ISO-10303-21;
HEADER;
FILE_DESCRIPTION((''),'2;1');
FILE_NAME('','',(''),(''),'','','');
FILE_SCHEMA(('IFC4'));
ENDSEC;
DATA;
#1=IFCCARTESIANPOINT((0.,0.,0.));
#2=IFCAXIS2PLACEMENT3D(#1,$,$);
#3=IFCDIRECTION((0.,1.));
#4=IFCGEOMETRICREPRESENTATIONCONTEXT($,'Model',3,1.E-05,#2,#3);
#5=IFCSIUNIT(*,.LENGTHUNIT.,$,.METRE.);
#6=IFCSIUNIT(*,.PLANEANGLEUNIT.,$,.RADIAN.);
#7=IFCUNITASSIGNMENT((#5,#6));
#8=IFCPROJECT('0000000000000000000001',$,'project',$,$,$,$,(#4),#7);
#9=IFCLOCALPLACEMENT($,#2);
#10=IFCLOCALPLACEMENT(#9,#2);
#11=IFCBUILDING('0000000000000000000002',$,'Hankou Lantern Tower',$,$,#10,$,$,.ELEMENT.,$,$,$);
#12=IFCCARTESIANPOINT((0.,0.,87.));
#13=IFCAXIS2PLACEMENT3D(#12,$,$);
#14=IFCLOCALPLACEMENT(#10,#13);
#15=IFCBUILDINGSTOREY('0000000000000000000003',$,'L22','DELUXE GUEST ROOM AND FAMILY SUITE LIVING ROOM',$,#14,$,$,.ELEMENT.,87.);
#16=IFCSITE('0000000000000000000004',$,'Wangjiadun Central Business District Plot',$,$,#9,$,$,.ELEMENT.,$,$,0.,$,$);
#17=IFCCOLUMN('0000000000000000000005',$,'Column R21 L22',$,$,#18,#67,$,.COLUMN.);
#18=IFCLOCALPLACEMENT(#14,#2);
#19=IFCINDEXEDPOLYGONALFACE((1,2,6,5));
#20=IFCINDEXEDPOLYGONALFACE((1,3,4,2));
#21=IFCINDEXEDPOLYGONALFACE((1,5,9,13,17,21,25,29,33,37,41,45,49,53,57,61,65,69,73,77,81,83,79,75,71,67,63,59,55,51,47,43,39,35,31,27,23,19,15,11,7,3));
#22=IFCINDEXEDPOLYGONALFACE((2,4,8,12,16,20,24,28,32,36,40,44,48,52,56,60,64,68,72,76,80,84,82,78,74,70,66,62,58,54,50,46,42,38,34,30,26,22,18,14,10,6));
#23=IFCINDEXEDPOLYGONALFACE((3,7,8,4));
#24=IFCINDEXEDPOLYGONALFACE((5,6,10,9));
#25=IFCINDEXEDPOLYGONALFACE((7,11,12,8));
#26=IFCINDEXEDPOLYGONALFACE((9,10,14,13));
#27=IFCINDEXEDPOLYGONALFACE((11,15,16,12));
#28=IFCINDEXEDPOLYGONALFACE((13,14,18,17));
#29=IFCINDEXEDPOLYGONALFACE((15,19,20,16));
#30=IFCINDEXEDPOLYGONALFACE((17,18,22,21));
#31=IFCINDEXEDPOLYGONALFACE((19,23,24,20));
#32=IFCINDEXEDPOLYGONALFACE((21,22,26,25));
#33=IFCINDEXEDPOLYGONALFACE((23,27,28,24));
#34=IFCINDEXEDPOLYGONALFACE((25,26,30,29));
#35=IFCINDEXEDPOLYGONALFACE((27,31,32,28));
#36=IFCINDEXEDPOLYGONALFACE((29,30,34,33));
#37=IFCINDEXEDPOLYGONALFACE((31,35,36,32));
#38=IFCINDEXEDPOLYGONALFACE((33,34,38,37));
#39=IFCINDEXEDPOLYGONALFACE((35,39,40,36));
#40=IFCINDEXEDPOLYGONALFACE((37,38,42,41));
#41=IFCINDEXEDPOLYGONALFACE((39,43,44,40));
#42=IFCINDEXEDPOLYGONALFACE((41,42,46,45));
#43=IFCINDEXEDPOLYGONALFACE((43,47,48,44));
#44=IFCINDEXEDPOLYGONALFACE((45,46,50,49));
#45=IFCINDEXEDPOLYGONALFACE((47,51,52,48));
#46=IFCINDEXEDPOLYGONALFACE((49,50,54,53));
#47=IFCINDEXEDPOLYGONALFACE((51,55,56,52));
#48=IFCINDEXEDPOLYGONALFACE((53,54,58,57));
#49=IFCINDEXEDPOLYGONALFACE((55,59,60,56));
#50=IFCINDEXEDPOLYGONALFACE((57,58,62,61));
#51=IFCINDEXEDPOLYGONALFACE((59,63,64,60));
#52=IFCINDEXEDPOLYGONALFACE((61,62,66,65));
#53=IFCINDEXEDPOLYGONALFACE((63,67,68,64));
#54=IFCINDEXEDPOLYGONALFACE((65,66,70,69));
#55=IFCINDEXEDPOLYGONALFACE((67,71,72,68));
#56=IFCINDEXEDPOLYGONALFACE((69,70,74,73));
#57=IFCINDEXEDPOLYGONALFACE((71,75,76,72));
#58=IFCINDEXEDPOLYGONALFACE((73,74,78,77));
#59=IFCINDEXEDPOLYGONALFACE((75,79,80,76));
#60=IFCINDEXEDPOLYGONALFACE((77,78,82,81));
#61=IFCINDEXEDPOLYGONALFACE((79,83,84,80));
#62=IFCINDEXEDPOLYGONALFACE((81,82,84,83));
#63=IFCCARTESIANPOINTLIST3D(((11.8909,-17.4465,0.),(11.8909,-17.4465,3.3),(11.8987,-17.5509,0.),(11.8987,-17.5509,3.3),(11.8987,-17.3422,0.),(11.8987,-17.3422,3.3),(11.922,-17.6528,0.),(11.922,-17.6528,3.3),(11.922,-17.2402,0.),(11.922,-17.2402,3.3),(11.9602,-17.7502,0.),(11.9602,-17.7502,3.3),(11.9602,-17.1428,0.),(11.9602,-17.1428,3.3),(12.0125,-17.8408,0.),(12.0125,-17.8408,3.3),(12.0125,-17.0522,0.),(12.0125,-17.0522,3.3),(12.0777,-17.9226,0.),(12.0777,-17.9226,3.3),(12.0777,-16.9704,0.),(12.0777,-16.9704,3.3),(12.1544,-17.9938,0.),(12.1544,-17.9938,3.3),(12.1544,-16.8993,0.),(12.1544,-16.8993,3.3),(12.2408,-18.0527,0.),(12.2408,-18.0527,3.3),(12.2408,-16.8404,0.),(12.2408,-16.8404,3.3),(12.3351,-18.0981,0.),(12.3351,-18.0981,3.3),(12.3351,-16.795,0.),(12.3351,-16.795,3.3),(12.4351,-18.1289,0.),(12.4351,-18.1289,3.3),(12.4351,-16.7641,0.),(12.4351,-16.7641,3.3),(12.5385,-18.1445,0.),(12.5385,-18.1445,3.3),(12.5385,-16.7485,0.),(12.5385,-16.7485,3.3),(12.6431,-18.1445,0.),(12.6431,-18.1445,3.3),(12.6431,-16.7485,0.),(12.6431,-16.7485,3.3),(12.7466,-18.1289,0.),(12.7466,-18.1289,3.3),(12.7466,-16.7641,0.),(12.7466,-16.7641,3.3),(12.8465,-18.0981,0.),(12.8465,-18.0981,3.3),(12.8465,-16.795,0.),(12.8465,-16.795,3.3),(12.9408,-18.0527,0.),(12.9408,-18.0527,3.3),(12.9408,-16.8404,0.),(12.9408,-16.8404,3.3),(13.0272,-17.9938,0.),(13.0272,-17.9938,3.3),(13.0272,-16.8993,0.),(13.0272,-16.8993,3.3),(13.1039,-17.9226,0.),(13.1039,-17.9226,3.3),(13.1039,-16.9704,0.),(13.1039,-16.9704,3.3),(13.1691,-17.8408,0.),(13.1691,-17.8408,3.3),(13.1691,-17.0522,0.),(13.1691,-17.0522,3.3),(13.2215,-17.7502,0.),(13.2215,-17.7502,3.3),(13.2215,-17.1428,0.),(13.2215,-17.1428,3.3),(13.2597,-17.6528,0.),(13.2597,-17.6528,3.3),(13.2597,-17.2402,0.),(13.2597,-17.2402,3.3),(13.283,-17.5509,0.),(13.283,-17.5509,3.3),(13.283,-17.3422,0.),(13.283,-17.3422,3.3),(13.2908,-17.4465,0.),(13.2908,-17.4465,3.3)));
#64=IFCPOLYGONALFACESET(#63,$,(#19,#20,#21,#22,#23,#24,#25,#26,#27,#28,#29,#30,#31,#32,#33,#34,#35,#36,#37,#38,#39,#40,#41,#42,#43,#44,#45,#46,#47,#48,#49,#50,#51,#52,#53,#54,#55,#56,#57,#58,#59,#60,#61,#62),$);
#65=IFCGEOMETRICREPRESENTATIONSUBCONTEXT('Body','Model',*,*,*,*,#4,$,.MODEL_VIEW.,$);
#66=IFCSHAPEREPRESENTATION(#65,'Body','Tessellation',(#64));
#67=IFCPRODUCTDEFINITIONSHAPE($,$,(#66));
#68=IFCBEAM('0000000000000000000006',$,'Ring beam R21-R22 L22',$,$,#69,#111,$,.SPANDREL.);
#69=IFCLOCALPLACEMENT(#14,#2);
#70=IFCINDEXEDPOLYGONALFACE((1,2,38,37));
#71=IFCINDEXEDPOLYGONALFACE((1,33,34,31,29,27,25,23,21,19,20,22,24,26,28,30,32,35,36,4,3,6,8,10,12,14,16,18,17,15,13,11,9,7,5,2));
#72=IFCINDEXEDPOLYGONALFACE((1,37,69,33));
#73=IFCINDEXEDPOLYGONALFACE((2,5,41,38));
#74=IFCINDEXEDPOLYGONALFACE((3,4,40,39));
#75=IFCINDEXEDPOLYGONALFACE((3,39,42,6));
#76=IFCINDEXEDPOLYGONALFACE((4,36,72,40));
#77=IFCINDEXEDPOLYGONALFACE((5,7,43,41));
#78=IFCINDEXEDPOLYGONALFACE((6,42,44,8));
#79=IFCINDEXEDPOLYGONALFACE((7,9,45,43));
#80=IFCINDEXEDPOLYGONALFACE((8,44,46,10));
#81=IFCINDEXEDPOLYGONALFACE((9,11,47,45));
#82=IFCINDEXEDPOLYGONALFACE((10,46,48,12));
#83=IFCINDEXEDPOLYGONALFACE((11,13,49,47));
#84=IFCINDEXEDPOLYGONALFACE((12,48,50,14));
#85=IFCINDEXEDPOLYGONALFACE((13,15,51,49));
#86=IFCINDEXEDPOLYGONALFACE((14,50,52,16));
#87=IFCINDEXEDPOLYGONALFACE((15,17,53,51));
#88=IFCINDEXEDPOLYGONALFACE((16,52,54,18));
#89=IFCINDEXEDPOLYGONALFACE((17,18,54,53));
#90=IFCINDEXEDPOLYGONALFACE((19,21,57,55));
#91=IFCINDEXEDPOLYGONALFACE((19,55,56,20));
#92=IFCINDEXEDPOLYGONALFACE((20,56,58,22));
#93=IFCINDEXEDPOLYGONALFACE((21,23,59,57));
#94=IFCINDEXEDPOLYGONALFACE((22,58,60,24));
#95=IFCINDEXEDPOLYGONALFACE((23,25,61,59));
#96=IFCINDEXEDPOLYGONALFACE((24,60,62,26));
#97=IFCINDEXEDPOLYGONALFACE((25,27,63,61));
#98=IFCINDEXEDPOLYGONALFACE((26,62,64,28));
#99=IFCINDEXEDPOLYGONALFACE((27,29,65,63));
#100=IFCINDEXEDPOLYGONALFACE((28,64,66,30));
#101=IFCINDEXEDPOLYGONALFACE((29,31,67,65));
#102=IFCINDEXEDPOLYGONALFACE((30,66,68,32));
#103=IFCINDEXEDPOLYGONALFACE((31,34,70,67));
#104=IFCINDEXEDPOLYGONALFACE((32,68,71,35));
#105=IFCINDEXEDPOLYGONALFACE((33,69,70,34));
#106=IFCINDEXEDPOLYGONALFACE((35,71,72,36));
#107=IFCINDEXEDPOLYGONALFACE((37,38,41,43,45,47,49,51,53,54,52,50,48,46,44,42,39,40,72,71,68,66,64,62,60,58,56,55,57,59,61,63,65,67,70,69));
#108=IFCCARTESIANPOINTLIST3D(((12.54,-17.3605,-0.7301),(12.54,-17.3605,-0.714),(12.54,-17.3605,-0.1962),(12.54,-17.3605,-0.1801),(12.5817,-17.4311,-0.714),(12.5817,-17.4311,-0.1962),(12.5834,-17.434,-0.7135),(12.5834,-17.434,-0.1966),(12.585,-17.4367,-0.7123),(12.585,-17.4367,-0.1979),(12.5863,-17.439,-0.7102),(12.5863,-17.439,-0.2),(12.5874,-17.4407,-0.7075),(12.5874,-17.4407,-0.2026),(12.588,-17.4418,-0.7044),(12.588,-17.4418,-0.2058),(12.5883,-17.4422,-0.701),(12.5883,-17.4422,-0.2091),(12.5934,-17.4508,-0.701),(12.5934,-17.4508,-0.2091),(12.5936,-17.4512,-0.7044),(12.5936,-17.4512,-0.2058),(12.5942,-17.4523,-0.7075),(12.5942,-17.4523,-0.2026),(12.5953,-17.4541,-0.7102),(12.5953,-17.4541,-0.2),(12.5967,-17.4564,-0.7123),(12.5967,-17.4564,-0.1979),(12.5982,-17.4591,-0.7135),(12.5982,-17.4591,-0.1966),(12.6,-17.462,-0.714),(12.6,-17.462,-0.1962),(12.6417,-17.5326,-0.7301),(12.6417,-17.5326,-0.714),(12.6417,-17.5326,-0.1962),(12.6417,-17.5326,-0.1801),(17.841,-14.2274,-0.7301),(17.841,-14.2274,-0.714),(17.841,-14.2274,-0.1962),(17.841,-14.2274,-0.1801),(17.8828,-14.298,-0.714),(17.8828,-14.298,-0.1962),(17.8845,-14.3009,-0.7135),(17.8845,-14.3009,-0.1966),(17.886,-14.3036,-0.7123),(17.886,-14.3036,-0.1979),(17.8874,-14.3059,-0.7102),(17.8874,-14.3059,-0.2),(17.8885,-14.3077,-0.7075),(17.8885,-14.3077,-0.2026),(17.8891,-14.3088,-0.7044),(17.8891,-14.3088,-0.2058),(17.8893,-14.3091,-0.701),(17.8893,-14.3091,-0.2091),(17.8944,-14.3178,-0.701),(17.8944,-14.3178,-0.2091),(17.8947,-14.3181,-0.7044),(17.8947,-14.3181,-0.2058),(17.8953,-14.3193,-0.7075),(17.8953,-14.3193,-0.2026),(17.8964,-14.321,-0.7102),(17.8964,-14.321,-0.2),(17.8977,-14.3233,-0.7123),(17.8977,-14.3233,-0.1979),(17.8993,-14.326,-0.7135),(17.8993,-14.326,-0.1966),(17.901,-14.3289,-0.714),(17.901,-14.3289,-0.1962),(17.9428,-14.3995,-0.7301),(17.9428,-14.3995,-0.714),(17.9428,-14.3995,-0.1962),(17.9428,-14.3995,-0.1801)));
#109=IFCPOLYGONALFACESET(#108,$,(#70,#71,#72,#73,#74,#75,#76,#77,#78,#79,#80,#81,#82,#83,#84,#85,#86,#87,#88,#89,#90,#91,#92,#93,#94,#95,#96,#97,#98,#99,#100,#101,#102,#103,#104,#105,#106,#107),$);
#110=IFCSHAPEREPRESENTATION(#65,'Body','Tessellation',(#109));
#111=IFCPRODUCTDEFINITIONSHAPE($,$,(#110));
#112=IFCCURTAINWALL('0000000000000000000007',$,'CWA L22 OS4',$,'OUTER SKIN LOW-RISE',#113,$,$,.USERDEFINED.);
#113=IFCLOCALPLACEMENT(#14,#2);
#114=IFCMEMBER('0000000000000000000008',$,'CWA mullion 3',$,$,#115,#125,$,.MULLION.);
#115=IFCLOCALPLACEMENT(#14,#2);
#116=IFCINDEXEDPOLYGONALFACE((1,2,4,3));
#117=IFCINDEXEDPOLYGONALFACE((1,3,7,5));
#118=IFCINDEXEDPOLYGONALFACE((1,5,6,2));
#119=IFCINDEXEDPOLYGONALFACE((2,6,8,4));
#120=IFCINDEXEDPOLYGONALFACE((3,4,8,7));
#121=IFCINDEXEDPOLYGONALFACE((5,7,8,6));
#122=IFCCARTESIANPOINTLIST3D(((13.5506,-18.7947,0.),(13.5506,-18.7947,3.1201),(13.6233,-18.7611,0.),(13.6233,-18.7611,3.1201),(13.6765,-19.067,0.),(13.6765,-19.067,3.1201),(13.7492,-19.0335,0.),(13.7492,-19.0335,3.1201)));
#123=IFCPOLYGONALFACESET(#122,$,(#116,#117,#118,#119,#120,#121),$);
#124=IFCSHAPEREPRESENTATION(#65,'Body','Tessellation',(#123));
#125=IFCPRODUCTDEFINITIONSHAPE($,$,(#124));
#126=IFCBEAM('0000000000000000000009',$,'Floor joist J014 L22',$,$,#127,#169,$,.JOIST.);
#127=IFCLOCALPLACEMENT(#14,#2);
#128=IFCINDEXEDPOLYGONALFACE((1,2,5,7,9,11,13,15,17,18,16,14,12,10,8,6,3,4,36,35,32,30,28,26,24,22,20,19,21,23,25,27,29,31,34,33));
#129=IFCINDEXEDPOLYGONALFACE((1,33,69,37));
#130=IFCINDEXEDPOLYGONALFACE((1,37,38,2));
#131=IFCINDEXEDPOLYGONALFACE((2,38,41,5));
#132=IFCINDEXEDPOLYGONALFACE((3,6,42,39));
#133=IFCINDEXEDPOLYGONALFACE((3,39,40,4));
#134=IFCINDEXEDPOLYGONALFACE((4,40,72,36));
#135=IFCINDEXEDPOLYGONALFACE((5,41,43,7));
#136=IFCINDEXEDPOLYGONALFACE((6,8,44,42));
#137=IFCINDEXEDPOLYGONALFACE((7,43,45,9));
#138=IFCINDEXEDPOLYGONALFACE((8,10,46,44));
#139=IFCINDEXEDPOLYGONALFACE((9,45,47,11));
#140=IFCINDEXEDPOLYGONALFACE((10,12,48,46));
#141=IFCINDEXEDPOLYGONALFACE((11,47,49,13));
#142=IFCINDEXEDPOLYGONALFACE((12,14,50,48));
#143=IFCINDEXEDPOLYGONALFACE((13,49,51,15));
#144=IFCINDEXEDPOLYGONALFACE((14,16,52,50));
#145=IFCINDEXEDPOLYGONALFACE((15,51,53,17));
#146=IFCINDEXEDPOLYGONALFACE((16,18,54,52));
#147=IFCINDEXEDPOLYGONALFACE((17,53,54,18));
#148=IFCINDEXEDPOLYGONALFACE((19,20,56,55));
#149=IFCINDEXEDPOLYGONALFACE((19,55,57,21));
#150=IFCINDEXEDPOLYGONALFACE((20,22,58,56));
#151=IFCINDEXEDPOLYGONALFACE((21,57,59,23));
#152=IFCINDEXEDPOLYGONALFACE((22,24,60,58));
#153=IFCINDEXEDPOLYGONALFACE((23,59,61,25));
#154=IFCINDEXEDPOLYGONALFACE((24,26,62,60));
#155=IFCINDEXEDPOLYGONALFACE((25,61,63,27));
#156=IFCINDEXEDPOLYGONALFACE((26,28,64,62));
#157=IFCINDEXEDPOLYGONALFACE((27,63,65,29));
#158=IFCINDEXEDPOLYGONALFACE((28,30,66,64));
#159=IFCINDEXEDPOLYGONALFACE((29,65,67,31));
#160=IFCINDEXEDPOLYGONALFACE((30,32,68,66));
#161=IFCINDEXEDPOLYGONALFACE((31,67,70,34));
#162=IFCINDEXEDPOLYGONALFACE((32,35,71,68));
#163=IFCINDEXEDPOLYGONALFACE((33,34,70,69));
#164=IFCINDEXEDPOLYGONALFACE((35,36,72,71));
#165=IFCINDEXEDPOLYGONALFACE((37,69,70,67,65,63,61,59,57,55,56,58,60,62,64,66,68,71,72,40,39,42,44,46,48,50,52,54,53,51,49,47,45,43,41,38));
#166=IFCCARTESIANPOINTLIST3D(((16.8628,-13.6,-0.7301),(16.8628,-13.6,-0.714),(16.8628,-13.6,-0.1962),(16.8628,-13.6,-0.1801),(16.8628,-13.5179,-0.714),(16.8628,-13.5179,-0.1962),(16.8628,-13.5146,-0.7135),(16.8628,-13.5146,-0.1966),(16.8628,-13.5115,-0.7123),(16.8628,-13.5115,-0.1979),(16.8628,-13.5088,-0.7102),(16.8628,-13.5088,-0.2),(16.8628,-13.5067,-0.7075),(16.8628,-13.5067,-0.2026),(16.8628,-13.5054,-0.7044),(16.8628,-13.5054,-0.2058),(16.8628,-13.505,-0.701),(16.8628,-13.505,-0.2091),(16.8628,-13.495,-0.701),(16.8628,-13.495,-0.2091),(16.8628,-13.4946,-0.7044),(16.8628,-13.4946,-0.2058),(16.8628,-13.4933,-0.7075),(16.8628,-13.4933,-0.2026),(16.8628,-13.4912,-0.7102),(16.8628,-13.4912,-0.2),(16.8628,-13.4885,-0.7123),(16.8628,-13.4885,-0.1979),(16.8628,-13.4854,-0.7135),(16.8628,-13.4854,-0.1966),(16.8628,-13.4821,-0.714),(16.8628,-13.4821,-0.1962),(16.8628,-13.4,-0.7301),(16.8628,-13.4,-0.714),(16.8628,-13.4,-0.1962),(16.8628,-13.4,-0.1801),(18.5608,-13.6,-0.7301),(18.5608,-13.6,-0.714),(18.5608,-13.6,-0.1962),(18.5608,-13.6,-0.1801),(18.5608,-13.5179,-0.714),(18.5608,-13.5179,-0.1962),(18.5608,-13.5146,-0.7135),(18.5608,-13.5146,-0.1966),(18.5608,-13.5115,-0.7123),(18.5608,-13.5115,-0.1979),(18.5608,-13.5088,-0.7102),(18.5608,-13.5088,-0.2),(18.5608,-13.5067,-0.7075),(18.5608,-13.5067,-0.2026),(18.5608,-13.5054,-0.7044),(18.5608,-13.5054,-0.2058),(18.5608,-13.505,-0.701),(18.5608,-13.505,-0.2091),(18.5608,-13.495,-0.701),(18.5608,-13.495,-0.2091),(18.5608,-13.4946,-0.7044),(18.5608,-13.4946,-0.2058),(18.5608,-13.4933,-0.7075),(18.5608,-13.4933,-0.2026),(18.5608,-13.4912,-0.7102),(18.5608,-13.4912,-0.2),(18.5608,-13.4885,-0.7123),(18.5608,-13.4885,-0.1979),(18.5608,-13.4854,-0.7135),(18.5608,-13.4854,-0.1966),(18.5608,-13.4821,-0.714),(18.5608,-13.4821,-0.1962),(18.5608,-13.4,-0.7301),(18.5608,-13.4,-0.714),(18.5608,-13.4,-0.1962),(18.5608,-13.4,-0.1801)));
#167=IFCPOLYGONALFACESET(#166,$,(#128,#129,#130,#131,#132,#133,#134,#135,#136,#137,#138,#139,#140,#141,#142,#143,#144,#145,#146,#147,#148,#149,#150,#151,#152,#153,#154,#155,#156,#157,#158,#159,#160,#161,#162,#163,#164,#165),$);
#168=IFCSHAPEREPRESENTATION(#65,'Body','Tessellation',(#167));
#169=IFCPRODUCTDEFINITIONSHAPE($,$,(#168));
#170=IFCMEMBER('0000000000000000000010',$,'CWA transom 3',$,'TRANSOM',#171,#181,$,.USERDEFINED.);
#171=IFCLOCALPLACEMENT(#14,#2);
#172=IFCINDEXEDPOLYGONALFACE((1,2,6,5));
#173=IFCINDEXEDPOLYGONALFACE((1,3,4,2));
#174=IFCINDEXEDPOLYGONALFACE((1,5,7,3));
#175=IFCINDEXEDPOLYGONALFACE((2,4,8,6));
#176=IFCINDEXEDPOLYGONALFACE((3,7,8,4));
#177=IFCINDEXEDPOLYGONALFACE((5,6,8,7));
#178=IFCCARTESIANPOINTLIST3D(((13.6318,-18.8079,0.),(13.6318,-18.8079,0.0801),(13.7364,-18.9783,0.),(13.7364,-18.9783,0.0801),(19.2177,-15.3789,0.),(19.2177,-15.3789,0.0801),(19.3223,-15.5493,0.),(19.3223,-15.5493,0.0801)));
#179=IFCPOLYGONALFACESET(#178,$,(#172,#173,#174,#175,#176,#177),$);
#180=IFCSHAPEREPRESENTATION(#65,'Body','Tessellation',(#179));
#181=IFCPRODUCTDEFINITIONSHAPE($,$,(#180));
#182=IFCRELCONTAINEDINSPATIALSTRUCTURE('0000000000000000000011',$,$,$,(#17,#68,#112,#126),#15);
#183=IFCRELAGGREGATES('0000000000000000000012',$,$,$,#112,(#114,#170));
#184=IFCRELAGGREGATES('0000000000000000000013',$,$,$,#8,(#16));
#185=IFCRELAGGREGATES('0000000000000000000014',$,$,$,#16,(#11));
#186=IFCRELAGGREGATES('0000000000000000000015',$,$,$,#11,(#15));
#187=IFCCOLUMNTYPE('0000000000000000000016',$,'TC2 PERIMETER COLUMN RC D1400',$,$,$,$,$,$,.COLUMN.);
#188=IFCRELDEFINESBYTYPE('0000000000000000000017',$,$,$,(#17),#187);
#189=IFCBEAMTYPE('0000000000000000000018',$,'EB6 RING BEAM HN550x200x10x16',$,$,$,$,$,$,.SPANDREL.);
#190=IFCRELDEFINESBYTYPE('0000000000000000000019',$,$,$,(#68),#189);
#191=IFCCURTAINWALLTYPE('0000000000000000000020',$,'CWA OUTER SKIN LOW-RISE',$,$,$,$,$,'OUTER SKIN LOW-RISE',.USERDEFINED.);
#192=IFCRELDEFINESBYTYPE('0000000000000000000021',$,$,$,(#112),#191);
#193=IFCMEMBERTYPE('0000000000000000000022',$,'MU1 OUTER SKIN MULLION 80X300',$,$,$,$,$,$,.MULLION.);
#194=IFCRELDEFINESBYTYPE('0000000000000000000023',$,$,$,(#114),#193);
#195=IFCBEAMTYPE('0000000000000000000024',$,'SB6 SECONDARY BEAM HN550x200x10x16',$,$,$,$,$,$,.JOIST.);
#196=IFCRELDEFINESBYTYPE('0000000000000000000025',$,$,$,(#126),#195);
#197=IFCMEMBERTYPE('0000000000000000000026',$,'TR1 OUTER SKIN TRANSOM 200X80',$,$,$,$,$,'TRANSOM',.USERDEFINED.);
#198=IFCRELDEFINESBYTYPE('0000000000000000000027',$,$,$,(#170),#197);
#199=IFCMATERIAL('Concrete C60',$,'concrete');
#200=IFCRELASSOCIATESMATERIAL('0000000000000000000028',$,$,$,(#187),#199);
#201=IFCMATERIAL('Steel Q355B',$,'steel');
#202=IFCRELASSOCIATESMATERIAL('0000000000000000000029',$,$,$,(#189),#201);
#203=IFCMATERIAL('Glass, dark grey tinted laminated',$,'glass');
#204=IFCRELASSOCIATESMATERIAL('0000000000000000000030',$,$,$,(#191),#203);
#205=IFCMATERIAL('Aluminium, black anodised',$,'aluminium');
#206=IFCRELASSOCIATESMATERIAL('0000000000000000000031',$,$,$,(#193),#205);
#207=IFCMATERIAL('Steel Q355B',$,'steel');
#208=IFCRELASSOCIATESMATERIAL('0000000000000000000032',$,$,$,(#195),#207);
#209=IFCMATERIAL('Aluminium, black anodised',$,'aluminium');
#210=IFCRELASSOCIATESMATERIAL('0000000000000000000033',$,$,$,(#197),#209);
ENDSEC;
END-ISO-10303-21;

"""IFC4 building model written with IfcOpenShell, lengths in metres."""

from ifc_helpers import new_model, si_unit, direction, frame, origin, origin_2d, place, context, subcontext, project, spatial, rectangle, circle, i_section, extrude, material, material_profile, profile_set, type_object, element, aggregate, save


model = new_model("IFC4")

# Units and contexts
model_context = context("Model", 3, precision=1e-05, world=origin(), true_north=direction((0.0, 1.0)))
body_context = subcontext(model_context, "Body", "Model", "MODEL_VIEW")
ifc_project = project(units=[si_unit("LENGTHUNIT", "METRE"), si_unit("PLANEANGLEUNIT", "RADIAN")], contexts=[model_context])

# Site, building, storey
site_placement = place(None, origin())
site = spatial("IfcSite", under=ifc_project, at=site_placement, Name="Wangjiadun Central Business District Plot", CompositionType="ELEMENT", RefElevation=0.0)
building_placement = place(site_placement, origin())
building = spatial("IfcBuilding", under=site, at=building_placement, Name="Hankou Lantern Tower", CompositionType="ELEMENT")
storey_placement = place(building_placement, frame((0.0, 0.0, 87.0)))
storey = spatial("IfcBuildingStorey", under=building, at=storey_placement, Name="L22", Description="DELUXE GUEST ROOM AND FAMILY SUITE LIVING ROOM", CompositionType="ELEMENT", Elevation=87.0)

# Column
ifc_material_1 = material(Name="Concrete C60", Category="concrete")
ifc_material_profile_1 = material_profile(ifc_material_1, circle(Radius=0.7, at=origin_2d()), Name="RC D1400")
ifc_profile_set_1 = profile_set([ifc_material_profile_1], Name="Concrete C60")
column_type = type_object("IfcColumnType", Name="TC2 PERIMETER COLUMN RC D1400", PredefinedType="COLUMN", material=ifc_profile_set_1)
column_placement = place(storey_placement, frame((12.5908, -17.4465, 0.0), z_axis=(0.0, 0.0, 1.0), x_axis=(1.0, 0.0, 0.0)))
element("IfcColumn", 1, at=column_placement, inside=storey, type_object=column_type, Name="Column R21 L22", PredefinedType="COLUMN", context=body_context, shape_type="SweptSolid", body=[
    extrude(circle(Radius=0.7, at=origin_2d()), origin(), (0.0, 0.0, 1.0), 3.3),
])

# Beam
ifc_material_2 = material(Name="Steel Q355B", Category="steel")
ifc_material_profile_2 = material_profile(ifc_material_2, i_section(OverallWidth=0.2, OverallDepth=0.55, WebThickness=0.01, FlangeThickness=0.0161, FilletRadius=0.0129, at=origin_2d()), Name="HN550x200x10x16")
ifc_profile_set_2 = profile_set([ifc_material_profile_2], Name="Steel Q355B")
beam_type_1 = type_object("IfcBeamType", Name="EB6 RING BEAM HN550x200x10x16", PredefinedType="SPANDREL", material=ifc_profile_set_2)
beam_1_placement = place(storey_placement, frame((12.5908, -17.4465, -0.4551), z_axis=(0.860882, 0.508805, 0.0), x_axis=(-0.508805, 0.860882, 0.0)))
element("IfcBeam", 2, at=beam_1_placement, inside=storey, type_object=beam_type_1, Name="Ring beam R21-R22 L22", PredefinedType="SPANDREL", context=body_context, shape_type="SweptSolid", body=[
    extrude(i_section(OverallWidth=0.2, OverallDepth=0.55, WebThickness=0.01, FlangeThickness=0.0161, FilletRadius=0.0129, at=origin_2d()), origin(), (0.0, 0.0, 1.0), 6.1577),
])

# Curtain wall, member
ifc_material_3 = material(Name="Glass, dark grey tinted laminated", Category="glass")
curtain_wall_type = type_object("IfcCurtainWallType", Name="CWA OUTER SKIN LOW-RISE", ElementType="OUTER SKIN LOW-RISE", PredefinedType="USERDEFINED", material=ifc_material_3)
curtain_wall_placement = place(storey_placement, origin())
curtain_wall = element("IfcCurtainWall", 3, at=curtain_wall_placement, inside=storey, type_object=curtain_wall_type, Name="CWA L22 OS4", ObjectType="OUTER SKIN LOW-RISE", PredefinedType="USERDEFINED")
ifc_material_4 = material(Name="Aluminium, black anodised", Category="aluminium")
ifc_material_profile_3 = material_profile(ifc_material_4, rectangle(XDim=0.0801, YDim=0.3, at=origin_2d()), Name="MU1 80X300")
ifc_profile_set_3 = profile_set([ifc_material_profile_3], Name="Aluminium, black anodised")
member_type_1 = type_object("IfcMemberType", Name="MU1 OUTER SKIN MULLION 80X300", PredefinedType="MULLION", material=ifc_profile_set_3)
member_1_placement = place(storey_placement, frame((13.6499, -18.9141, 0.0), z_axis=(0.0, 0.0, 1.0), x_axis=(0.907841, 0.419314, 0.0)))
member_1 = element("IfcMember", 4, at=member_1_placement, type_object=member_type_1, Name="CWA mullion 3", PredefinedType="MULLION", context=body_context, shape_type="SweptSolid", body=[
    extrude(rectangle(XDim=0.0801, YDim=0.3, at=origin_2d()), origin(), (0.0, 0.0, 1.0), 3.1201),
])

# Beam
ifc_material_5 = material(Name="Steel Q355B", Category="steel")
ifc_material_profile_4 = material_profile(ifc_material_5, i_section(OverallWidth=0.2, OverallDepth=0.55, WebThickness=0.01, FlangeThickness=0.0161, FilletRadius=0.0129, at=origin_2d()), Name="HN550x200x10x16")
ifc_profile_set_4 = profile_set([ifc_material_profile_4], Name="Steel Q355B")
beam_type_2 = type_object("IfcBeamType", Name="SB6 SECONDARY BEAM HN550x200x10x16", PredefinedType="JOIST", material=ifc_profile_set_4)
beam_2_placement = place(storey_placement, frame((16.8628, -13.5, -0.4551), z_axis=(1.0, 0.0, 0.0), x_axis=(0.0, 1.0, 0.0)))
element("IfcBeam", 5, at=beam_2_placement, inside=storey, type_object=beam_type_2, Name="Floor joist J014 L22", PredefinedType="JOIST", context=body_context, shape_type="SweptSolid", body=[
    extrude(i_section(OverallWidth=0.2, OverallDepth=0.55, WebThickness=0.01, FlangeThickness=0.0161, FilletRadius=0.0129, at=origin_2d()), origin(), (0.0, 0.0, 1.0), 1.698),
])

# Member
ifc_material_6 = material(Name="Aluminium, black anodised", Category="aluminium")
ifc_material_profile_5 = material_profile(ifc_material_6, rectangle(XDim=0.2, YDim=0.0801, at=origin_2d()), Name="TR1 200X80")
ifc_profile_set_5 = profile_set([ifc_material_profile_5], Name="Aluminium, black anodised")
member_type_2 = type_object("IfcMemberType", Name="TR1 OUTER SKIN TRANSOM 200X80", ElementType="TRANSOM", PredefinedType="USERDEFINED", material=ifc_profile_set_5)
member_2_placement = place(storey_placement, frame((13.6841, -18.8931, 0.04), z_axis=(0.85224, 0.523152, 0.0), x_axis=(-0.523152, 0.85224, 0.0)))
member_2 = element("IfcMember", 6, at=member_2_placement, type_object=member_type_2, Name="CWA transom 3", ObjectType="TRANSOM", PredefinedType="USERDEFINED", context=body_context, shape_type="SweptSolid", body=[
    extrude(rectangle(XDim=0.2, YDim=0.0801, at=origin_2d()), origin(), (0.0, 0.0, 1.0), 6.5544),
])

aggregate(curtain_wall, [member_1, member_2])

save(model, "model.ifc")
